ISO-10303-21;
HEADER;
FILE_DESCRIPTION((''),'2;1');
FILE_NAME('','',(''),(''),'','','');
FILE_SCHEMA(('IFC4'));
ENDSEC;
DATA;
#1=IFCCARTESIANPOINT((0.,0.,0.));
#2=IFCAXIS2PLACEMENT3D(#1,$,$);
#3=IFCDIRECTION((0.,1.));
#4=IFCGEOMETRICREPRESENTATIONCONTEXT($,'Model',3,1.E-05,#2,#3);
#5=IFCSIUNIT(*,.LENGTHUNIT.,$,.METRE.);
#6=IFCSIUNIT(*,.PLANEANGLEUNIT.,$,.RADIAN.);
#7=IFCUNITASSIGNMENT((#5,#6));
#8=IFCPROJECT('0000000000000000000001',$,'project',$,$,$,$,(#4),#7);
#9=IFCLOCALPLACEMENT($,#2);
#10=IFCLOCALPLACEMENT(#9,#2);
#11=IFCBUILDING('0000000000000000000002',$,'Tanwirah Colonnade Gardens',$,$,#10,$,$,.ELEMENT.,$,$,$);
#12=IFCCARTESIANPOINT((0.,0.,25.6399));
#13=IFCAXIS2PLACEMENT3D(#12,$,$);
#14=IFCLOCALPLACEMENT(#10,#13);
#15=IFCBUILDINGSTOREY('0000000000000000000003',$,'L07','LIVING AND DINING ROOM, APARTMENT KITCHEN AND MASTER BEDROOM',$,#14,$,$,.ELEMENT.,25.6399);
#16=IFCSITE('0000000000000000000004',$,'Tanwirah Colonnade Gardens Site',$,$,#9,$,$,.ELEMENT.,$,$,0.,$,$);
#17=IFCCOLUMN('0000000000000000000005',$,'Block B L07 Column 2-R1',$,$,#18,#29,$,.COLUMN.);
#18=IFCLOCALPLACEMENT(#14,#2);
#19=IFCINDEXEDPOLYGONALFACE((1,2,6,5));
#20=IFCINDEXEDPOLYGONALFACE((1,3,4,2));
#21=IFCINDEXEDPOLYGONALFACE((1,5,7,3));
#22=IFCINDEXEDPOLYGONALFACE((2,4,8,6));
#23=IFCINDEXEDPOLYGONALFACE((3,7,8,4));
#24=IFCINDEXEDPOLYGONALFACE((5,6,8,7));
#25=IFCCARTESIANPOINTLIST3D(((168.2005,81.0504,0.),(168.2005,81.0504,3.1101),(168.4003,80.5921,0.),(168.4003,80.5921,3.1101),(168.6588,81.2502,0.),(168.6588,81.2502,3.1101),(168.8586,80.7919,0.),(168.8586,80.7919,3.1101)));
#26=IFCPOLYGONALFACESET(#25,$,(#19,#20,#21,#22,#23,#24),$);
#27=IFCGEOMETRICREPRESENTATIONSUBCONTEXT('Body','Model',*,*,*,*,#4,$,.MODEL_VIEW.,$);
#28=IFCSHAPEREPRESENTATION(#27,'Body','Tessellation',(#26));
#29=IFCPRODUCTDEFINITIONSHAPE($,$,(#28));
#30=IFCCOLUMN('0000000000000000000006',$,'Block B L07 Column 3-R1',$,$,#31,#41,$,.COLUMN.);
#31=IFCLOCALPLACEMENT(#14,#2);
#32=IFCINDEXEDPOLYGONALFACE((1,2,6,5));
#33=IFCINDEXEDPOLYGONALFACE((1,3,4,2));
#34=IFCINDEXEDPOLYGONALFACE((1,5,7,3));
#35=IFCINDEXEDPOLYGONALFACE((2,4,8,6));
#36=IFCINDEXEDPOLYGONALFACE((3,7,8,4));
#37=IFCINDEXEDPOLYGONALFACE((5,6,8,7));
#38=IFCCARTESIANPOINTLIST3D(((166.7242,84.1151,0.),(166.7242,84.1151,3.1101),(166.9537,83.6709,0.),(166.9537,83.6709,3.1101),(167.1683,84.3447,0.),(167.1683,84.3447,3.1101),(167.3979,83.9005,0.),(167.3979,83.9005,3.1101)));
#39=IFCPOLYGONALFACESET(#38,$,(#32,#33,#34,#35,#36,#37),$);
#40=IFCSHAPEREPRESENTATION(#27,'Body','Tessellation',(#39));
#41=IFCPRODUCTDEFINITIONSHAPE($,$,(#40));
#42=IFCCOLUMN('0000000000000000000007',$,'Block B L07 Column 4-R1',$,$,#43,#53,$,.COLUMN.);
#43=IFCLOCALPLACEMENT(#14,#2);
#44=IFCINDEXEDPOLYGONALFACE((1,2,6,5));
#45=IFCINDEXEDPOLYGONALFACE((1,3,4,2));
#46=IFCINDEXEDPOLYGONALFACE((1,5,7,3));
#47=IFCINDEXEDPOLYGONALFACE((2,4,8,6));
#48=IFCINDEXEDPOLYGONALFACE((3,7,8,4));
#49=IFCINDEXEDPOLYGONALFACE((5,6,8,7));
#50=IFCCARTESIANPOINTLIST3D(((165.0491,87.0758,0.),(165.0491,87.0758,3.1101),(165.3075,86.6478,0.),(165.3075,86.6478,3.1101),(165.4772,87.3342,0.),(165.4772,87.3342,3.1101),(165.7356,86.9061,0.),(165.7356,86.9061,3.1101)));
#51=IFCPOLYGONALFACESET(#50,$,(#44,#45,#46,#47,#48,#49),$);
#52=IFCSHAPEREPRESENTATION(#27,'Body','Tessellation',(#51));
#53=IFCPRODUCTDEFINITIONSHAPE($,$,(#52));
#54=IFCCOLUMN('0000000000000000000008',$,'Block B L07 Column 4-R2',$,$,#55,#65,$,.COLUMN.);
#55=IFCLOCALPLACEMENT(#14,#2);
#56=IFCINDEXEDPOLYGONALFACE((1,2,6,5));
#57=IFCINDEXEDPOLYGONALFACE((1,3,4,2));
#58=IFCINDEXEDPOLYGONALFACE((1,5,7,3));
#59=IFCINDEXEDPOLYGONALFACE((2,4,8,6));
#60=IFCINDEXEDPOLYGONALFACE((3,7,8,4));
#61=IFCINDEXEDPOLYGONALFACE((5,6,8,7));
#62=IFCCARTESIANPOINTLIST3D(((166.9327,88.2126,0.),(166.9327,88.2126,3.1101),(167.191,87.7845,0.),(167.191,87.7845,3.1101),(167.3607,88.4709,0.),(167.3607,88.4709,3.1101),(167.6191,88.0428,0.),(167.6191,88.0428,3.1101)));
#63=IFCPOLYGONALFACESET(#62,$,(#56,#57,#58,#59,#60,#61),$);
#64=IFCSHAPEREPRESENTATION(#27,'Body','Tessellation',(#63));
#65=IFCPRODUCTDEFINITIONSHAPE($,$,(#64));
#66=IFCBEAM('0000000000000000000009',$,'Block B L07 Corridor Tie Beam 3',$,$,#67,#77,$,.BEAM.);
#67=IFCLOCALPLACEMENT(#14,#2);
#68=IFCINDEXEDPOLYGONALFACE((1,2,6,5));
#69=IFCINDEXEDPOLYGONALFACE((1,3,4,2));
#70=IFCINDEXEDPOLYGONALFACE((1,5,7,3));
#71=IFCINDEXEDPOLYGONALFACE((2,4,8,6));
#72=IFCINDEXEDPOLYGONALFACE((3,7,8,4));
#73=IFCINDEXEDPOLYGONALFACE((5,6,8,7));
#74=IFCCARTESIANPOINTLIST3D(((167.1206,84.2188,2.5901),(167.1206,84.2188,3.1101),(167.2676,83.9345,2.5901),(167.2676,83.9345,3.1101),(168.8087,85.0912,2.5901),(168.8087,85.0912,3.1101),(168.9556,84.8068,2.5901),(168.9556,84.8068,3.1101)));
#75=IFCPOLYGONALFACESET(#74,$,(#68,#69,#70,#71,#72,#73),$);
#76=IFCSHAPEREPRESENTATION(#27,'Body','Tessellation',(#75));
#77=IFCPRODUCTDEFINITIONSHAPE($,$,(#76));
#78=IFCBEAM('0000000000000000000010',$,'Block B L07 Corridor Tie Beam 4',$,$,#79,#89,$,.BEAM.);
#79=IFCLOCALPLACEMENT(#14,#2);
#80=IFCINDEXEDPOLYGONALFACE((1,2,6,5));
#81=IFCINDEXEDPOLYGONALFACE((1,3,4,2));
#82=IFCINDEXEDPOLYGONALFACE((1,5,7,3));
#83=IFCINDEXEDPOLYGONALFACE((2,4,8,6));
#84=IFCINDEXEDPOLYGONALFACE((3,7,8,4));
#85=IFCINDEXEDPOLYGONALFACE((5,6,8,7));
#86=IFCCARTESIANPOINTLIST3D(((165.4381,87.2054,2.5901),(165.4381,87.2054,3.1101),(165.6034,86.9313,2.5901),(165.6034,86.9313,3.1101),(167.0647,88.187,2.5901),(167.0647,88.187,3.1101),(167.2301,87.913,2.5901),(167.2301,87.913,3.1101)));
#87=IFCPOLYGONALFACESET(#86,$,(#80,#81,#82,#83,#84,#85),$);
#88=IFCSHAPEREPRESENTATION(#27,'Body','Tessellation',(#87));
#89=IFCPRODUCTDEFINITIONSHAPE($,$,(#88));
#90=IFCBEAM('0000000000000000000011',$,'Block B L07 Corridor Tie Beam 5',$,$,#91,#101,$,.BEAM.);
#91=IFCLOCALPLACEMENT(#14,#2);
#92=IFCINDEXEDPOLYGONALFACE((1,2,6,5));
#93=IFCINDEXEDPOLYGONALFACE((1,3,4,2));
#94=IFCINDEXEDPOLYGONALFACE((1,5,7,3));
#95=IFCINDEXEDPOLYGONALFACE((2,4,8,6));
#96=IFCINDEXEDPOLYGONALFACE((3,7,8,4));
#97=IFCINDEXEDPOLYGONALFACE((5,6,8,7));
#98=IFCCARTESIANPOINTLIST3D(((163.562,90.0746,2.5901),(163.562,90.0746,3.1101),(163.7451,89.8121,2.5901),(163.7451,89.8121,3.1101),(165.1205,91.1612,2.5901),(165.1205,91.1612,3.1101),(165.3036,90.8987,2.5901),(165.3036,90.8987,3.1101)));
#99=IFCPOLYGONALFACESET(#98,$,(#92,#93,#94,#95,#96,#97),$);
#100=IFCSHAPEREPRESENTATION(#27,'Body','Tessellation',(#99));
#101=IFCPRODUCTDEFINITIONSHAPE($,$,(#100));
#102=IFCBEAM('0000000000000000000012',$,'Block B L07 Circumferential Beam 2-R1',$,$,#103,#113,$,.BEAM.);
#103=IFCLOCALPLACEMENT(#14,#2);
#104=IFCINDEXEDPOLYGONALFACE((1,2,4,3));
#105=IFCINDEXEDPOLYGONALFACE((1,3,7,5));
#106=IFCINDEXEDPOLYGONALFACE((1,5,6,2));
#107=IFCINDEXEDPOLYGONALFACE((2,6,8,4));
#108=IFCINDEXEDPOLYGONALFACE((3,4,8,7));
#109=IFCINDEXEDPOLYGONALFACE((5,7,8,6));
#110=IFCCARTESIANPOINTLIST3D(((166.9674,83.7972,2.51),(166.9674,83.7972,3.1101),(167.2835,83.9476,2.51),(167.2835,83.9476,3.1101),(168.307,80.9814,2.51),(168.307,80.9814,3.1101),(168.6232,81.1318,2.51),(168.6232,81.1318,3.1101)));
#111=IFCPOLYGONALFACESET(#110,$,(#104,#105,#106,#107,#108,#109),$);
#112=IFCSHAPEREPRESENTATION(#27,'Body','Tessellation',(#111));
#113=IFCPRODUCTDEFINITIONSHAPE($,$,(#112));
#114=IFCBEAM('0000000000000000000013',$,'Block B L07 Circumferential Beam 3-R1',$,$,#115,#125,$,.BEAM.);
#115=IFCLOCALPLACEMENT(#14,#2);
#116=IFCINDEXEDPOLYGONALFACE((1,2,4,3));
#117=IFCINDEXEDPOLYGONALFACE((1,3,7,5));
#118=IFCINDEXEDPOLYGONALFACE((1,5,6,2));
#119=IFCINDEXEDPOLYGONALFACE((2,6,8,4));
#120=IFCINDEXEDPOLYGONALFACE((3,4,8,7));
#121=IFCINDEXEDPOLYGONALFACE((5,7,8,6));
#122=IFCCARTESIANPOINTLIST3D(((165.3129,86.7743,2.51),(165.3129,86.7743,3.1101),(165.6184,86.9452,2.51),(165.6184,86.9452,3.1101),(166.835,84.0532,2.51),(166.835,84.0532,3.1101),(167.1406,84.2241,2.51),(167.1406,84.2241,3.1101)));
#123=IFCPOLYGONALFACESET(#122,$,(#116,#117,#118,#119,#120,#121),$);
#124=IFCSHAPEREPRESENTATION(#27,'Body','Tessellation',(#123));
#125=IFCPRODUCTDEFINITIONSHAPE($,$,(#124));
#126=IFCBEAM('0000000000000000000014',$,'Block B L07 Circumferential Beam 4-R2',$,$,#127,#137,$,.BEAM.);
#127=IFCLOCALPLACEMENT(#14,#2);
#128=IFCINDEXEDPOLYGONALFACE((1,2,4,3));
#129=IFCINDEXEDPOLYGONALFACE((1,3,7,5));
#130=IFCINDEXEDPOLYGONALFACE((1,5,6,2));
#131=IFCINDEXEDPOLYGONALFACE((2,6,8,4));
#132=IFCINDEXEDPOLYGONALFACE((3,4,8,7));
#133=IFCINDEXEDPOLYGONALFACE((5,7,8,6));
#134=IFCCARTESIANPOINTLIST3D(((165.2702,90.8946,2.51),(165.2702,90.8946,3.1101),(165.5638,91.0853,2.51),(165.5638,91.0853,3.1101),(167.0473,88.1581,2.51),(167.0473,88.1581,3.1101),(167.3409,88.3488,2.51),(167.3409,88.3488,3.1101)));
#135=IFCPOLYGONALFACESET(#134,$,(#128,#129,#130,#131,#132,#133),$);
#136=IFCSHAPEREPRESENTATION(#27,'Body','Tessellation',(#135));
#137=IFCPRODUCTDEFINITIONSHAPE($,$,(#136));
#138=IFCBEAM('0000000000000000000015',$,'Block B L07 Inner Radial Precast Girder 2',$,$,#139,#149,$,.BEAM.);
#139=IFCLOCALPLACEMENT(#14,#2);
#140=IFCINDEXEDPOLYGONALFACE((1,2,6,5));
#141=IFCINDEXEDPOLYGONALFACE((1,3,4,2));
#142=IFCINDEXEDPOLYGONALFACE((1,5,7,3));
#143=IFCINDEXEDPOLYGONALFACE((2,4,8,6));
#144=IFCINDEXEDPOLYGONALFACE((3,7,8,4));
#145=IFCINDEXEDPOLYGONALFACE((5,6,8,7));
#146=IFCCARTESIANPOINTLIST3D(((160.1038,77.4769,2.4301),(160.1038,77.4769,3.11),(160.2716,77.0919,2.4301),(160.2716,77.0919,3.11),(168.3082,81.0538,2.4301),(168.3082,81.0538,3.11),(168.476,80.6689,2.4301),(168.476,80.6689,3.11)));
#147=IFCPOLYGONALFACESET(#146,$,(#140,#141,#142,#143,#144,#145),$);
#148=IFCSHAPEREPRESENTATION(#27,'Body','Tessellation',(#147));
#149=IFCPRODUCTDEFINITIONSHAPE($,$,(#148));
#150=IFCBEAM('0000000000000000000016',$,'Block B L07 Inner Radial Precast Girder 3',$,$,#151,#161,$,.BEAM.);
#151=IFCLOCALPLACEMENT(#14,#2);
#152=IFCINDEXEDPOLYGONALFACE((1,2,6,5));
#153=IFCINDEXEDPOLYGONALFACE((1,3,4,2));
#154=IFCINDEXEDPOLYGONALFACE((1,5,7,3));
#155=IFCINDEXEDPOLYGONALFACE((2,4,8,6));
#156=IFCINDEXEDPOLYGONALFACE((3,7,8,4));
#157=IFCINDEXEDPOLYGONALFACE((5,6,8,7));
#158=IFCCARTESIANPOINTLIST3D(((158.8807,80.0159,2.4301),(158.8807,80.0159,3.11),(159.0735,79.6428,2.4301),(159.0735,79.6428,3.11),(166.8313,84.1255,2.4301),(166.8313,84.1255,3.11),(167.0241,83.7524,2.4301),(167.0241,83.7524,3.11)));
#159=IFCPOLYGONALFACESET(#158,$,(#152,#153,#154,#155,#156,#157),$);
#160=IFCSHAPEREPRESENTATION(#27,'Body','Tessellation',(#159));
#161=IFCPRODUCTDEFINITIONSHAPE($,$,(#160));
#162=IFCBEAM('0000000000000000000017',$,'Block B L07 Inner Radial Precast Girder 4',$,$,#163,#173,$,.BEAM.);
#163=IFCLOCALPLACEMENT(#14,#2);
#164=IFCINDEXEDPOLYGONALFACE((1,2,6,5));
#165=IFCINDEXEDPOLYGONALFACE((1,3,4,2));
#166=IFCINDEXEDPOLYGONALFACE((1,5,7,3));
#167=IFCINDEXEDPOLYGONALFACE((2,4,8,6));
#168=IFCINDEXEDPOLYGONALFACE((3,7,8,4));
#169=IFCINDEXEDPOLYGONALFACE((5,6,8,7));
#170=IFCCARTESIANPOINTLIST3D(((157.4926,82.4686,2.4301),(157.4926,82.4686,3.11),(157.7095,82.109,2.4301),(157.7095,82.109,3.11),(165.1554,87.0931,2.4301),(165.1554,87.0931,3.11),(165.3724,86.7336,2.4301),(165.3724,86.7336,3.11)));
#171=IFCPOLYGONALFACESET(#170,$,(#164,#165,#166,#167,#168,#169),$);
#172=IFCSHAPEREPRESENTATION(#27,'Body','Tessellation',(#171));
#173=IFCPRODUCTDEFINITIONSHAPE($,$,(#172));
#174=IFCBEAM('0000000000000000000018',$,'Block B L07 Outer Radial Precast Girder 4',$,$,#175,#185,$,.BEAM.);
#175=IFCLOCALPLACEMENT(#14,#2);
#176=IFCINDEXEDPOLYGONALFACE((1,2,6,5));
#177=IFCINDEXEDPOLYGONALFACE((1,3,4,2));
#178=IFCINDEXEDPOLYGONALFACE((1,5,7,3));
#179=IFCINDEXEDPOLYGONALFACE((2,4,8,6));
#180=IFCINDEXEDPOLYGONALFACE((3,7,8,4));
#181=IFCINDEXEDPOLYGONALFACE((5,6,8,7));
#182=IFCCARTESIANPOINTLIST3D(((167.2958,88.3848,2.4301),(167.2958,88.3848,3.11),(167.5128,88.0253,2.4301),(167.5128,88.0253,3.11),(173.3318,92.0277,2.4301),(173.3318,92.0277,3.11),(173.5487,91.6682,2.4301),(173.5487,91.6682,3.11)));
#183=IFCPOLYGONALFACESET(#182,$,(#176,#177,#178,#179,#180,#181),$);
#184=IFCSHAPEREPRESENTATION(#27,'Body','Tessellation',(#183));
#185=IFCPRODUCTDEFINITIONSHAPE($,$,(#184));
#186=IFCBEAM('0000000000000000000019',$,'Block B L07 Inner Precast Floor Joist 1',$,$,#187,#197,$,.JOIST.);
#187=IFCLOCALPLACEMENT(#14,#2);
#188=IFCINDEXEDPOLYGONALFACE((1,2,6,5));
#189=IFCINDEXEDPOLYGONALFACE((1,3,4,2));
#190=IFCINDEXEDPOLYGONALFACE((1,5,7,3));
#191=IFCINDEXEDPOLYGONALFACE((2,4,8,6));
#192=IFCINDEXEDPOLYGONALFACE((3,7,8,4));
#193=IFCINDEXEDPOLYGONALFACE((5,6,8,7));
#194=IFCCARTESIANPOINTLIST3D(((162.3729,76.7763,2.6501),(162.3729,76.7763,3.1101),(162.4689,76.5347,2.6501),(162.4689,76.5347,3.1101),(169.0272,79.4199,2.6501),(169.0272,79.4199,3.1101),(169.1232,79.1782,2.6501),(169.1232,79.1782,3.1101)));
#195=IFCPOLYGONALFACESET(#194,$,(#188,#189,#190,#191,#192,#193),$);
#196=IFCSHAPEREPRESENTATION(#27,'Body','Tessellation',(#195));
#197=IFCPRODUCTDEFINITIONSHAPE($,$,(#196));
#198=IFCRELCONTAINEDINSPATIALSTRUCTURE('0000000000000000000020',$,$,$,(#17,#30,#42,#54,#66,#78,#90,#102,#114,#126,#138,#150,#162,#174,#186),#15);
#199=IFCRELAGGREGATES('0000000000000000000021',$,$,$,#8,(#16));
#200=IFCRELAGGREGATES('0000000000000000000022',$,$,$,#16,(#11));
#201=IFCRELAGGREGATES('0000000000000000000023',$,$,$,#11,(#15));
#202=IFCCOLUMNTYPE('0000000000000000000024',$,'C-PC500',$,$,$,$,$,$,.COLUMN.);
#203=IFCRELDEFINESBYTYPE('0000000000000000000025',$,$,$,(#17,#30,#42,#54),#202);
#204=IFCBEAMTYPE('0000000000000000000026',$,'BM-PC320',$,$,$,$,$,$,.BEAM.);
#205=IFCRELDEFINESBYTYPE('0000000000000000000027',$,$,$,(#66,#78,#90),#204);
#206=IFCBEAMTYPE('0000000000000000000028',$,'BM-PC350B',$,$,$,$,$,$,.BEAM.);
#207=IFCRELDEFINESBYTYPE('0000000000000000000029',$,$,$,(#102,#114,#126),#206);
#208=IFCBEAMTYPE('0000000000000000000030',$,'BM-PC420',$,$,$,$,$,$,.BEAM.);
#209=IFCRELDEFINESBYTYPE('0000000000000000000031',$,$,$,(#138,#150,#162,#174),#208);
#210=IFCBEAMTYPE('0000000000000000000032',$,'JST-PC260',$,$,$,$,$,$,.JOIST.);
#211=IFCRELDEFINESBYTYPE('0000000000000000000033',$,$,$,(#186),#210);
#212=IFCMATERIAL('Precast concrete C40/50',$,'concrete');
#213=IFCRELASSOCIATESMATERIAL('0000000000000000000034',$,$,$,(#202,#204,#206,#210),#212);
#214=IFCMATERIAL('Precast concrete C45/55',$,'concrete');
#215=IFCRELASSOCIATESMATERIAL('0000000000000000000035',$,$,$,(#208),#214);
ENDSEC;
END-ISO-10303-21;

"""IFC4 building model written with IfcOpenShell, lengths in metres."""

from ifc_helpers import new_model, si_unit, direction, frame, origin, origin_2d, place, context, subcontext, project, spatial, rectangle, extrude, material, material_profile, profile_set, type_object, element, save


model = new_model("IFC4")

# Units and contexts
model_context = context("Model", 3, precision=1e-05, world=origin(), true_north=direction((0.0, 1.0)))
body_context = subcontext(model_context, "Body", "Model", "MODEL_VIEW")
ifc_project = project(units=[si_unit("LENGTHUNIT", "METRE"), si_unit("PLANEANGLEUNIT", "RADIAN")], contexts=[model_context])

# Site, building, storey
site_placement = place(None, origin())
site = spatial("IfcSite", under=ifc_project, at=site_placement, Name="Tanwirah Colonnade Gardens Site", CompositionType="ELEMENT", RefElevation=0.0)
building_placement = place(site_placement, origin())
building = spatial("IfcBuilding", under=site, at=building_placement, Name="Tanwirah Colonnade Gardens", CompositionType="ELEMENT")
storey_placement = place(building_placement, frame((0.0, 0.0, 25.6399)))
storey = spatial("IfcBuildingStorey", under=building, at=storey_placement, Name="L07", Description="LIVING AND DINING ROOM, APARTMENT KITCHEN AND MASTER BEDROOM", CompositionType="ELEMENT", Elevation=25.6399)

# Columns
ifc_material_1 = material(Name="Precast concrete C40/50", Category="concrete")
ifc_material_profile_1 = material_profile(ifc_material_1, rectangle(XDim=0.5, YDim=0.5, at=origin_2d()), Name="PC-COL 500x500")
ifc_profile_set_1 = profile_set([ifc_material_profile_1], Name="Precast concrete C40/50")
column_type = type_object("IfcColumnType", Name="C-PC500", PredefinedType="COLUMN", material=ifc_profile_set_1)
for number, where, z_axis, x_axis, name in (
    (1, (168.5295, 80.9211, 0.0), (0.0, 0.0, 1.0), (0.916673, 0.399638, 0.0), "Block B L07 Column 2-R1"),
    (2, (167.061, 84.0078, 0.0), (0.0, 0.0, 1.0), (0.88835, 0.459166, 0.0), "Block B L07 Column 3-R1"),
    (3, (165.3923, 86.991, 0.0), (0.0, 0.0, 1.0), (0.856167, 0.516699, 0.0), "Block B L07 Column 4-R1"),
    (4, (167.2759, 88.1277, 0.0), (0.0, 0.0, 1.0), (0.856167, 0.516699, 0.0), "Block B L07 Column 4-R2"),
):
    element("IfcColumn", number, at=place(storey_placement, frame(where, z_axis=z_axis, x_axis=x_axis)), inside=storey, type_object=column_type, Name=name, PredefinedType="COLUMN", context=body_context, shape_type="SweptSolid", body=[
        extrude(rectangle(XDim=0.5, YDim=0.5, at=origin_2d()), origin(), (0.0, 0.0, 1.0), 3.1101),
    ])

# Beams
ifc_material_profile_2 = material_profile(ifc_material_1, rectangle(XDim=0.3201, YDim=0.52, at=origin_2d()), Name="PC-BM 320x520")
ifc_profile_set_2 = profile_set([ifc_material_profile_2], Name="Precast concrete C40/50")
beam_type_1 = type_object("IfcBeamType", Name="BM-PC320", PredefinedType="BEAM", material=ifc_profile_set_2)
beam_1_placement = place(storey_placement, frame((167.1941, 84.0767, 2.8501), z_axis=(0.888386, 0.459098, 0.0), x_axis=(-0.459098, 0.888386, 0.0)))
element("IfcBeam", 5, at=beam_1_placement, inside=storey, type_object=beam_type_1, Name="Block B L07 Corridor Tie Beam 3", PredefinedType="BEAM", context=body_context, shape_type="SweptSolid", body=[
    extrude(rectangle(XDim=0.3201, YDim=0.52, at=origin_2d()), origin(), (0.0, 0.0, 1.0), 1.9001),
])
for number, where, z_axis, x_axis, name in (
    (6, (165.5208, 87.0684, 2.8501), (0.856175, 0.516686, 0.0), (-0.516686, 0.856175, 0.0), "Block B L07 Corridor Tie Beam 4"),
    (7, (163.6536, 89.9434, 2.8501), (0.820305, 0.571926, 0.0), (-0.571926, 0.820305, 0.0), "Block B L07 Corridor Tie Beam 5"),
):
    element("IfcBeam", number, at=place(storey_placement, frame(where, z_axis=z_axis, x_axis=x_axis)), inside=storey, type_object=beam_type_1, Name=name, PredefinedType="BEAM", context=body_context, shape_type="SweptSolid", body=[
        extrude(rectangle(XDim=0.3201, YDim=0.52, at=origin_2d()), origin(), (0.0, 0.0, 1.0), 1.8999),
    ])
ifc_material_profile_3 = material_profile(ifc_material_1, rectangle(XDim=0.3501, YDim=0.6001, at=origin_2d()), Name="PC-BM 350x600")
ifc_profile_set_3 = profile_set([ifc_material_profile_3], Name="Precast concrete C40/50")
beam_type_2 = type_object("IfcBeamType", Name="BM-PC350B", PredefinedType="BEAM", material=ifc_profile_set_3)
beam_2_placement = place(storey_placement, frame((168.4651, 81.0566, 2.8101), z_axis=(-0.429621, 0.90301, 0.0), x_axis=(-0.90301, -0.429621, 0.0)))
element("IfcBeam", 8, at=beam_2_placement, inside=storey, type_object=beam_type_2, Name="Block B L07 Circumferential Beam 2-R1", PredefinedType="BEAM", context=body_context, shape_type="SweptSolid", body=[
    extrude(rectangle(XDim=0.3501, YDim=0.6001, at=origin_2d()), origin(), (0.0, 0.0, 1.0), 3.1182),
])
beam_3_placement = place(storey_placement, frame((166.9878, 84.1387, 2.8101), z_axis=(-0.4882, 0.872732, 0.0), x_axis=(-0.872732, -0.4882, 0.0)))
element("IfcBeam", 9, at=beam_3_placement, inside=storey, type_object=beam_type_2, Name="Block B L07 Circumferential Beam 3-R1", PredefinedType="BEAM", context=body_context, shape_type="SweptSolid", body=[
    extrude(rectangle(XDim=0.3501, YDim=0.6001, at=origin_2d()), origin(), (0.0, 0.0, 1.0), 3.1179),
])
beam_4_placement = place(storey_placement, frame((167.1941, 88.2534, 2.8101), z_axis=(-0.544628, 0.838678, 0.0), x_axis=(-0.838678, -0.544628, 0.0)))
element("IfcBeam", 10, at=beam_4_placement, inside=storey, type_object=beam_type_2, Name="Block B L07 Circumferential Beam 4-R2", PredefinedType="BEAM", context=body_context, shape_type="SweptSolid", body=[
    extrude(rectangle(XDim=0.3501, YDim=0.6001, at=origin_2d()), origin(), (0.0, 0.0, 1.0), 3.2629),
])
ifc_material_2 = material(Name="Precast concrete C45/55", Category="concrete")
ifc_material_profile_4 = material_profile(ifc_material_2, rectangle(XDim=0.4199, YDim=0.6799, at=origin_2d()), Name="PC-BM 420x680")
ifc_profile_set_4 = profile_set([ifc_material_profile_4], Name="Precast concrete C45/55")
beam_type_3 = type_object("IfcBeamType", Name="BM-PC420", PredefinedType="BEAM", material=ifc_profile_set_4)
beam_5_placement = place(storey_placement, frame((168.3921, 80.8613, 2.77), z_axis=(-0.916669, -0.399647, 0.0), x_axis=(0.399647, -0.916669, 0.0)))
element("IfcBeam", 11, at=beam_5_placement, inside=storey, type_object=beam_type_3, Name="Block B L07 Inner Radial Precast Girder 2", PredefinedType="BEAM", context=body_context, shape_type="SweptSolid", body=[
    extrude(rectangle(XDim=0.4199, YDim=0.6799, at=origin_2d()), origin(), (0.0, 0.0, 1.0), 8.9502),
])
beam_6_placement = place(storey_placement, frame((166.9277, 83.939, 2.77), z_axis=(-0.888345, -0.459176, 0.0), x_axis=(0.459176, -0.888345, 0.0)))
element("IfcBeam", 12, at=beam_6_placement, inside=storey, type_object=beam_type_3, Name="Block B L07 Inner Radial Precast Girder 3", PredefinedType="BEAM", context=body_context, shape_type="SweptSolid", body=[
    extrude(rectangle(XDim=0.4199, YDim=0.6799, at=origin_2d()), origin(), (0.0, 0.0, 1.0), 8.95),
])
beam_7_placement = place(storey_placement, frame((165.2639, 86.9133, 2.77), z_axis=(-0.856169, -0.516696, 0.0), x_axis=(0.516696, -0.856169, 0.0)))
element("IfcBeam", 13, at=beam_7_placement, inside=storey, type_object=beam_type_3, Name="Block B L07 Inner Radial Precast Girder 4", PredefinedType="BEAM", context=body_context, shape_type="SweptSolid", body=[
    extrude(rectangle(XDim=0.4199, YDim=0.6799, at=origin_2d()), origin(), (0.0, 0.0, 1.0), 8.9502),
])
beam_8_placement = place(storey_placement, frame((167.4043, 88.2051, 2.77), z_axis=(0.856158, 0.516714, 0.0), x_axis=(-0.516714, 0.856158, 0.0)))
element("IfcBeam", 14, at=beam_8_placement, inside=storey, type_object=beam_type_3, Name="Block B L07 Outer Radial Precast Girder 4", PredefinedType="BEAM", context=body_context, shape_type="SweptSolid", body=[
    extrude(rectangle(XDim=0.4199, YDim=0.6799, at=origin_2d()), origin(), (0.0, 0.0, 1.0), 7.05),
])
ifc_material_profile_5 = material_profile(ifc_material_1, rectangle(XDim=0.26, YDim=0.46, at=origin_2d()), Name="PC-JST 260x460")
ifc_profile_set_5 = profile_set([ifc_material_profile_5], Name="Precast concrete C40/50")
beam_type_4 = type_object("IfcBeamType", Name="JST-PC260", PredefinedType="JOIST", material=ifc_profile_set_5)
beam_9_placement = place(storey_placement, frame((162.4209, 76.6555, 2.8801), z_axis=(0.929349, 0.369203, 0.0), x_axis=(-0.369203, 0.929349, 0.0)))
element("IfcBeam", 15, at=beam_9_placement, inside=storey, type_object=beam_type_4, Name="Block B L07 Inner Precast Floor Joist 1", PredefinedType="JOIST", context=body_context, shape_type="SweptSolid", body=[
    extrude(rectangle(XDim=0.26, YDim=0.46, at=origin_2d()), origin(), (0.0, 0.0, 1.0), 7.1602),
])

save(model, "model.ifc")
